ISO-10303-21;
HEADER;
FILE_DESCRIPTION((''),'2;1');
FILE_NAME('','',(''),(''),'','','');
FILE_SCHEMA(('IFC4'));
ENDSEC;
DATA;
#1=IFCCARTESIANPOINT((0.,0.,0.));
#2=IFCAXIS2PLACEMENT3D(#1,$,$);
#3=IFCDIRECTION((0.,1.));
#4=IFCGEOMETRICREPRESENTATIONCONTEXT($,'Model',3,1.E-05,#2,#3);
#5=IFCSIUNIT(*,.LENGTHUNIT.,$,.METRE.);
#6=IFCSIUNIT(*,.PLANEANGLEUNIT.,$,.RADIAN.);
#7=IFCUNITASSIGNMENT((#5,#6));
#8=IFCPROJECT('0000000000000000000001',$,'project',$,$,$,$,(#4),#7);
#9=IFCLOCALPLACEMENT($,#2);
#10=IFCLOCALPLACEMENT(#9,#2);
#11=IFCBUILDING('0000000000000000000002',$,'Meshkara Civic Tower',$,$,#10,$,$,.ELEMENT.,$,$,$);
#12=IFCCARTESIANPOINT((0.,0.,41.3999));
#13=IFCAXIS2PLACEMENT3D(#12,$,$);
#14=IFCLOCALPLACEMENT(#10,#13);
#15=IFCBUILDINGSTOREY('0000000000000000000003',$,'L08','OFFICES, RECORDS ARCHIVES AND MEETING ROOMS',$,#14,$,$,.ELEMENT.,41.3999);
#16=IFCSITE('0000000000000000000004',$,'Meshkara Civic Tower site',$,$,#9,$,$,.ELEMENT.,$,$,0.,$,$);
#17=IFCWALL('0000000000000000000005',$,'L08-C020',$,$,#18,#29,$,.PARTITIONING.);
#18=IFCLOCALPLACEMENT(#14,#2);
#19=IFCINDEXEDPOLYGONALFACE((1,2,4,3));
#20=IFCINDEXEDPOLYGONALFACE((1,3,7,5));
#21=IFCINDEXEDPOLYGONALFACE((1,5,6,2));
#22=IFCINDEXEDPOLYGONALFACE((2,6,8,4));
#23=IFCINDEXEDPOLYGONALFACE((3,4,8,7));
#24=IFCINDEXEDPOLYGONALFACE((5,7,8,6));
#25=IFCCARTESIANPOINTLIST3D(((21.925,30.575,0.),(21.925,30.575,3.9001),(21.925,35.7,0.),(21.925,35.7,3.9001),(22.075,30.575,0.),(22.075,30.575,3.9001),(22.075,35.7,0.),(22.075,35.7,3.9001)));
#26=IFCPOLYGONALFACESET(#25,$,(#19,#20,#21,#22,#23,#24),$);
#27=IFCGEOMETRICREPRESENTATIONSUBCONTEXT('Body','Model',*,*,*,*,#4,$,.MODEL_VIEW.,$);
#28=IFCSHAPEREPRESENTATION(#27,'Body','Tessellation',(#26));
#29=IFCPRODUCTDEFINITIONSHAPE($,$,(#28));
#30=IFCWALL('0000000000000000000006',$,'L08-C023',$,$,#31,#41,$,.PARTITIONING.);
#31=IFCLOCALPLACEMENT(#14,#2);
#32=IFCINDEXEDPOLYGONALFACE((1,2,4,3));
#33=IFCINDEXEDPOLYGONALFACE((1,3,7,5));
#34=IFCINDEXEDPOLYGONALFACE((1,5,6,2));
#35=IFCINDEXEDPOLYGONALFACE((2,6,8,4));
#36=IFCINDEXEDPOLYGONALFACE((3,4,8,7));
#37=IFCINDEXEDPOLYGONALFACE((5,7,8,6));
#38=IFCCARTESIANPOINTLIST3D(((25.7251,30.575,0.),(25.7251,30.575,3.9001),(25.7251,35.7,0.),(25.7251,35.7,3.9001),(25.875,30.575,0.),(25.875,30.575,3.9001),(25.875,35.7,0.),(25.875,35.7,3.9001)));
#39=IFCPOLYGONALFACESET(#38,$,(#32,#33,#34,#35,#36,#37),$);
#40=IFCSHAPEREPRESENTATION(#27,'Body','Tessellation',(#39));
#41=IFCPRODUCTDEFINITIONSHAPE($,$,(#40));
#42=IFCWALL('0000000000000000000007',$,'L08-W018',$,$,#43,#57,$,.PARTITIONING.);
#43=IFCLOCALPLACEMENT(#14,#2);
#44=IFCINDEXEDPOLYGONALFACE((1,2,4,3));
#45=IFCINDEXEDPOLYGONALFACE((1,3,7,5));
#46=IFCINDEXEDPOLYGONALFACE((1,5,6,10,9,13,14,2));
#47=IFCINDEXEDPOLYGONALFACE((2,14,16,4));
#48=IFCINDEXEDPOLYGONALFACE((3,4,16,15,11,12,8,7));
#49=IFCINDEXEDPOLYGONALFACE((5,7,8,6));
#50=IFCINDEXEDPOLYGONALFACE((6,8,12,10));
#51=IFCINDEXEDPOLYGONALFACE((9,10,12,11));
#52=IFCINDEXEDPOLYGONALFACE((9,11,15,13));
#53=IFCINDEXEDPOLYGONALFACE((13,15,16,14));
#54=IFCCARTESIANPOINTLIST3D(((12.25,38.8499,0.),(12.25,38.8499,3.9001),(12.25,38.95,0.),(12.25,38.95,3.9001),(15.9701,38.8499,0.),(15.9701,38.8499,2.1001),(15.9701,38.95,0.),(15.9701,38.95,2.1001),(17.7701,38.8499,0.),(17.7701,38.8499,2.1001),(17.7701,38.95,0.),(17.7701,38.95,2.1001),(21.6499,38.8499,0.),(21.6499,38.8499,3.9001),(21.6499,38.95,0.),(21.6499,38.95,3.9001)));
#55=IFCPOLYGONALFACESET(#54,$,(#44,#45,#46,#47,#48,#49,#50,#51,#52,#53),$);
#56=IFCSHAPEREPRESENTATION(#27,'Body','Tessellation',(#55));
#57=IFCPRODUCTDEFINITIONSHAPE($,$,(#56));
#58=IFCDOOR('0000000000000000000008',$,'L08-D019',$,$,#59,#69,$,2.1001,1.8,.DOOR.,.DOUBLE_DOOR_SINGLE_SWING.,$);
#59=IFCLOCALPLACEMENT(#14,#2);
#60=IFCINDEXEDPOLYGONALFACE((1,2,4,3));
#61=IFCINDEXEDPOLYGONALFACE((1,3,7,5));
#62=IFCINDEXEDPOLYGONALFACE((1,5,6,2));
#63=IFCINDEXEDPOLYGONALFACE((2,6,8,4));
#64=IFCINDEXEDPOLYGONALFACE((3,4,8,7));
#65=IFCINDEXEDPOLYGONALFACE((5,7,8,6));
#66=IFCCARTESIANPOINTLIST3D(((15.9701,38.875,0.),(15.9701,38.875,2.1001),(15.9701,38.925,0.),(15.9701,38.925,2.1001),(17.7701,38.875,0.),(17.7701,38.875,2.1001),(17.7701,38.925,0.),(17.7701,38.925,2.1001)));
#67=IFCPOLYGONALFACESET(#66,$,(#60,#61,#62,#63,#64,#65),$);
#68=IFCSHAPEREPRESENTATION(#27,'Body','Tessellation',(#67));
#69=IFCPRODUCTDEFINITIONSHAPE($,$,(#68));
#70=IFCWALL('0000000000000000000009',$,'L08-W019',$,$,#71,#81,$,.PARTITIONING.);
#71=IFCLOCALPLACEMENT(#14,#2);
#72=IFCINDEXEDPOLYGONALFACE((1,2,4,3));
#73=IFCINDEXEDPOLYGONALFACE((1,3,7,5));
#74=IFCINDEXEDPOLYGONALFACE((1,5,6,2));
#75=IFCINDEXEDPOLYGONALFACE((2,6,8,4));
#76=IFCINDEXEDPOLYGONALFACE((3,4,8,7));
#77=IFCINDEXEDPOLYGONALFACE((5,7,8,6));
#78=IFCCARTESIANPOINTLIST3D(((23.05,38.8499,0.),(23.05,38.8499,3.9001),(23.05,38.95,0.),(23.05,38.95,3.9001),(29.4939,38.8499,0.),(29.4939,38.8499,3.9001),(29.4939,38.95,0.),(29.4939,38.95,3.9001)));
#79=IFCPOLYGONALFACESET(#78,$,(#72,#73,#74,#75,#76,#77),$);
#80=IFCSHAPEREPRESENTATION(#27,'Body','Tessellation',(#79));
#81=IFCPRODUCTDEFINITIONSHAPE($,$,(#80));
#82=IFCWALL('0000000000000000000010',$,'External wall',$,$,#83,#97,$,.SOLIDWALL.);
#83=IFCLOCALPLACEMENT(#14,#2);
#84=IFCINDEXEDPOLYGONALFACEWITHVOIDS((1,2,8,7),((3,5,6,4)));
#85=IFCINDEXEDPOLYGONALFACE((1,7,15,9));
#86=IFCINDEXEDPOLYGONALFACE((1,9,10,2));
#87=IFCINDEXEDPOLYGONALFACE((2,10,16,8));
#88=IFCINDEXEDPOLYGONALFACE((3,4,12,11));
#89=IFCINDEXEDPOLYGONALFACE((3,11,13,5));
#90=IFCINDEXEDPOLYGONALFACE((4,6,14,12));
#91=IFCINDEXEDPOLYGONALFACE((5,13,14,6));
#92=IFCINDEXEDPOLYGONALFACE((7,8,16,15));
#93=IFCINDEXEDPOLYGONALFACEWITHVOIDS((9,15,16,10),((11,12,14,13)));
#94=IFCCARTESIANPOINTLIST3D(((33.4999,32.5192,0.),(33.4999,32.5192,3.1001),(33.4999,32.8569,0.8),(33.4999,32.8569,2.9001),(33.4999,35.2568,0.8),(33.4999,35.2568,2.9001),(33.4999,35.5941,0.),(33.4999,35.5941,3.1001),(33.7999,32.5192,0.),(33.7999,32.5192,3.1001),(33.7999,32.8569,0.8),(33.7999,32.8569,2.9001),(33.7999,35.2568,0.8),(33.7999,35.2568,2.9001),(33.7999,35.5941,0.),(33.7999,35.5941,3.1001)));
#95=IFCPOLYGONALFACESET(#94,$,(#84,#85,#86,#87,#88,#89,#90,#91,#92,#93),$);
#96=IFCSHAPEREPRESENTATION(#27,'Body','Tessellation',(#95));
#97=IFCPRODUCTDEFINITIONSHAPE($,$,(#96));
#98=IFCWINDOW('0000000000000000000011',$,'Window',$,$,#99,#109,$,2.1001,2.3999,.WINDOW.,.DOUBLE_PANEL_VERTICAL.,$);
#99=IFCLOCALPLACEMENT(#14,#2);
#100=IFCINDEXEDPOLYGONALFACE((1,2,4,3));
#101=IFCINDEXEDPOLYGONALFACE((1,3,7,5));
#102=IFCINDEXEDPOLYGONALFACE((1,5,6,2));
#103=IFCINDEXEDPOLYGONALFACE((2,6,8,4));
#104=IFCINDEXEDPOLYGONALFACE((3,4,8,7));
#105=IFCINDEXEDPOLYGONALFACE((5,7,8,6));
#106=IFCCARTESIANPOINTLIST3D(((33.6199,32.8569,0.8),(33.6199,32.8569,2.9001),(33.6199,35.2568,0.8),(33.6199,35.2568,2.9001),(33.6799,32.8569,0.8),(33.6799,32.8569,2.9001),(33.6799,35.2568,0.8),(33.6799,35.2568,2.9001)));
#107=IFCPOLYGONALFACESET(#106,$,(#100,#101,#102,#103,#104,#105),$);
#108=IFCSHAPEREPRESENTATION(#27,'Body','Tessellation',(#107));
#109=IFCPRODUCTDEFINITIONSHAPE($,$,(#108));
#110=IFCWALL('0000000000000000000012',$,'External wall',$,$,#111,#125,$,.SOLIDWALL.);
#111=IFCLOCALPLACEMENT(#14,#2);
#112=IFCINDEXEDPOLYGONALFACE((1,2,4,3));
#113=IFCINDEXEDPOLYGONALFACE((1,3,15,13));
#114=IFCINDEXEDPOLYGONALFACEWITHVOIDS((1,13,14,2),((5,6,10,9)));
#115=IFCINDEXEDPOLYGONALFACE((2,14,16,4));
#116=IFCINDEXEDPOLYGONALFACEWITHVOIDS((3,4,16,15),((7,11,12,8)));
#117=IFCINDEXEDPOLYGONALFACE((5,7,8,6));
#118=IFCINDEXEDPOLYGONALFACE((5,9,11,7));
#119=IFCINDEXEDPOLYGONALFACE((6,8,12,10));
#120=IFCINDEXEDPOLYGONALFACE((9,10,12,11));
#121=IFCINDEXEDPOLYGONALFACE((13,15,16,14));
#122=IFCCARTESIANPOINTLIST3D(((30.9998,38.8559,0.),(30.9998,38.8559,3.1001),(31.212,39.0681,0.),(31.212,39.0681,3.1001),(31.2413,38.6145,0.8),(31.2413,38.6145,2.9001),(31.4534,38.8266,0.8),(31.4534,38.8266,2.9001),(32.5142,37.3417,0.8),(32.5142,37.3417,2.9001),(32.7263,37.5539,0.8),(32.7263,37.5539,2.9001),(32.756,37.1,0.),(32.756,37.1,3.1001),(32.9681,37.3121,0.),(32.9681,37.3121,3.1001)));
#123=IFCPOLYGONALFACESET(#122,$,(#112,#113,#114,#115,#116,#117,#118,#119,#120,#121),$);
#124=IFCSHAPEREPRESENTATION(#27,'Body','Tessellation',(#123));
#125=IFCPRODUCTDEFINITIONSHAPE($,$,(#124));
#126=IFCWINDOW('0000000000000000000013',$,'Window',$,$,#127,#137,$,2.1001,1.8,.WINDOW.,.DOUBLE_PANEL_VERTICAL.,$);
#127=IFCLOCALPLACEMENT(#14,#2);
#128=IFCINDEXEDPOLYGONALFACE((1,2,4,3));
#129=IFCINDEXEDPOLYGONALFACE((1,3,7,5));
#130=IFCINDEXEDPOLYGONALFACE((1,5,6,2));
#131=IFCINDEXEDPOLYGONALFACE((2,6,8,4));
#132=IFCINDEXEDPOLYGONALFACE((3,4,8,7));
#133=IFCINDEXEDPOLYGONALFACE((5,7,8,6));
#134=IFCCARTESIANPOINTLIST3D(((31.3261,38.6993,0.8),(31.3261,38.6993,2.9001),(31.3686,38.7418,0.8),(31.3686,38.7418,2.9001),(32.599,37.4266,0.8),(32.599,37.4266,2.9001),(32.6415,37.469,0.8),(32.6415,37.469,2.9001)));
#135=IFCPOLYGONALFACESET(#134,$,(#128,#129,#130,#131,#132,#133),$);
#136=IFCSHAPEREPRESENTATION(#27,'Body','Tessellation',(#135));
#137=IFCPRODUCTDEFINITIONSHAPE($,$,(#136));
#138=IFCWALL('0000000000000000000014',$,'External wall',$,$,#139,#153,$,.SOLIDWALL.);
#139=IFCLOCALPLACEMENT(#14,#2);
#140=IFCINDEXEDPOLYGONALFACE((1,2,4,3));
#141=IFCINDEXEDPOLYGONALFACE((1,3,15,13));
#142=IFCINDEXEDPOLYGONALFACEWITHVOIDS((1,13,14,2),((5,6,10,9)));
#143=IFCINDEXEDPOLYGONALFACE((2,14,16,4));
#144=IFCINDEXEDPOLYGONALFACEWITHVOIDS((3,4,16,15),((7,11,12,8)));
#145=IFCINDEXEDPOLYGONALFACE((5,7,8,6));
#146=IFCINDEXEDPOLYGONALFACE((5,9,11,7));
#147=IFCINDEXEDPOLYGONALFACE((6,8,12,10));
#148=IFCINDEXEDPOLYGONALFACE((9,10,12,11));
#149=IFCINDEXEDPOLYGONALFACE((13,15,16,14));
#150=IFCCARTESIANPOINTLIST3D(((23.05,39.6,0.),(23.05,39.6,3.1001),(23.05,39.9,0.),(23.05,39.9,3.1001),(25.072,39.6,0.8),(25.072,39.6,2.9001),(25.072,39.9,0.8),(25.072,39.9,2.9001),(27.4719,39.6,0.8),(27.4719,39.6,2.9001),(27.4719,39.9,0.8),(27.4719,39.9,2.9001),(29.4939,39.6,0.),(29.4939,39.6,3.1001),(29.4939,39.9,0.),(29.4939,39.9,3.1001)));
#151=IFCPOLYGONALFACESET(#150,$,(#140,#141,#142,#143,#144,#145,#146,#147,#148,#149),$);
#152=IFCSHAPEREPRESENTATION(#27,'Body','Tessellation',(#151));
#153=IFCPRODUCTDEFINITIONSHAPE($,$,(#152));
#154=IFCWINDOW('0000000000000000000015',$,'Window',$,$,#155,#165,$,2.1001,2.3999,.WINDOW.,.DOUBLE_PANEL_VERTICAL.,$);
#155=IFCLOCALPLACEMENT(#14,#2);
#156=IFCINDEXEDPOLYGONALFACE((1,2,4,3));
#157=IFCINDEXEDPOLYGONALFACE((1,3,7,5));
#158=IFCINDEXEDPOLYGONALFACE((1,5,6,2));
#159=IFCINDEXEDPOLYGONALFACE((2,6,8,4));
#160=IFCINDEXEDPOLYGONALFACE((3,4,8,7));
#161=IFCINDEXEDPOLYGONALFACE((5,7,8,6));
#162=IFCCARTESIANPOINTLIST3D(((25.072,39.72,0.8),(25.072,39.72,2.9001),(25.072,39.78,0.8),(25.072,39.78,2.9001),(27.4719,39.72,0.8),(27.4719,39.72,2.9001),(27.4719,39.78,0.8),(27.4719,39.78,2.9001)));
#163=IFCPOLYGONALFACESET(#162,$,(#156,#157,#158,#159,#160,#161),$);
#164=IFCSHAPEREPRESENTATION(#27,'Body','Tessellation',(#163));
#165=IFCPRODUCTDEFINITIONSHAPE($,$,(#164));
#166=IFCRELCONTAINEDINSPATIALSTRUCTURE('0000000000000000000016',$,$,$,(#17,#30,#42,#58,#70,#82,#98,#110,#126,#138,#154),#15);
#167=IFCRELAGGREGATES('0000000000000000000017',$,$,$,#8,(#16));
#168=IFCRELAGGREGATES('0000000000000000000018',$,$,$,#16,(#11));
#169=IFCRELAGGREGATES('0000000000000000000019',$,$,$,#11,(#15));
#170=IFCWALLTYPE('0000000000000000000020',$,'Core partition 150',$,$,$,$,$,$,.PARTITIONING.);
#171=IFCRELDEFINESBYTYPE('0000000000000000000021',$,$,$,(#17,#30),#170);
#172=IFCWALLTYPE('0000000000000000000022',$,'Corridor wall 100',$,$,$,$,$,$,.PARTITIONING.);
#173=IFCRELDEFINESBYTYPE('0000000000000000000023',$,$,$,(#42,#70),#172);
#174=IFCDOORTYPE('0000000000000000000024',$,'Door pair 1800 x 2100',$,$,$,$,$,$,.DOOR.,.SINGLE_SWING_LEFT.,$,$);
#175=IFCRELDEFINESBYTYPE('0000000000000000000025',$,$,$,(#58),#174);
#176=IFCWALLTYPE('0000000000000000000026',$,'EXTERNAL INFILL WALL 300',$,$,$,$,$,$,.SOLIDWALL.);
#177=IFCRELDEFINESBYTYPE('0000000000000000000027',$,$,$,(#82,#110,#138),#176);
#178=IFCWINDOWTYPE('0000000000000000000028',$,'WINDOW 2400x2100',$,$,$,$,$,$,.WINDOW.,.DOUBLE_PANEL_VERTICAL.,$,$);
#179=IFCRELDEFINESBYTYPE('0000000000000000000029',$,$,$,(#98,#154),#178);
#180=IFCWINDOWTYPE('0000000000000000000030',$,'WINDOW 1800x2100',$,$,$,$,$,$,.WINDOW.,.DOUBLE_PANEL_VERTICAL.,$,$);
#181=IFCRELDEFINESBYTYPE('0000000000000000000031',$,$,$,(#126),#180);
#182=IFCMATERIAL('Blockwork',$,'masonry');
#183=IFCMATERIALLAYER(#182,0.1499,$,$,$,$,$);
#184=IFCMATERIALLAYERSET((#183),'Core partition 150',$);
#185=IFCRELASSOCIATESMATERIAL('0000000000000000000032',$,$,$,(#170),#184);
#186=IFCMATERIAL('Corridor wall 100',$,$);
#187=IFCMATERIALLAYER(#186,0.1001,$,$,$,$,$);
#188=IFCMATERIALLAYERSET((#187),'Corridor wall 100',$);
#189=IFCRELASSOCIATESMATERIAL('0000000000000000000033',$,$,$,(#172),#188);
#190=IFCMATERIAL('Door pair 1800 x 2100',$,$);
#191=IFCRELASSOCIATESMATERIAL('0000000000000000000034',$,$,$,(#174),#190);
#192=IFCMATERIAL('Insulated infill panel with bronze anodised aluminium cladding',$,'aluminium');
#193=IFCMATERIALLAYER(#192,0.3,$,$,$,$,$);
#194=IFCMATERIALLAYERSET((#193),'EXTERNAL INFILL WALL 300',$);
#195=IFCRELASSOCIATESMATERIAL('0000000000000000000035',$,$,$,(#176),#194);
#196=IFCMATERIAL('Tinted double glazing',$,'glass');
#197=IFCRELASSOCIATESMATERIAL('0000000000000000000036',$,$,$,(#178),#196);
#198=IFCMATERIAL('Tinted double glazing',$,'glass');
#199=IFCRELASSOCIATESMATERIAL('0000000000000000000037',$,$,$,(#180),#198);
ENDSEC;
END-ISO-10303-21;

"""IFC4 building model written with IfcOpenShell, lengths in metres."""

from ifc_helpers import new_model, si_unit, direction, frame, frame_2d, origin, place, context, subcontext, project, spatial, rectangle, extrude, material, layer, layer_set, type_object, element, fill, save


model = new_model("IFC4")

# Units and contexts
model_context = context("Model", 3, precision=1e-05, world=origin(), true_north=direction((0.0, 1.0)))
body_context = subcontext(model_context, "Body", "Model", "MODEL_VIEW")
ifc_project = project(units=[si_unit("LENGTHUNIT", "METRE"), si_unit("PLANEANGLEUNIT", "RADIAN")], contexts=[model_context])

# Site, building, storey
site_placement = place(None, origin())
site = spatial("IfcSite", under=ifc_project, at=site_placement, Name="Meshkara Civic Tower site", CompositionType="ELEMENT", RefElevation=0.0)
building_placement = place(site_placement, origin())
building = spatial("IfcBuilding", under=site, at=building_placement, Name="Meshkara Civic Tower", CompositionType="ELEMENT")
storey_placement = place(building_placement, frame((0.0, 0.0, 41.3999)))
storey = spatial("IfcBuildingStorey", under=building, at=storey_placement, Name="L08", Description="OFFICES, RECORDS ARCHIVES AND MEETING ROOMS", CompositionType="ELEMENT", Elevation=41.3999)

# Shared definitions
ifc_material_1 = material(Name="Blockwork", Category="masonry")
ifc_layer_1 = layer(ifc_material_1, 0.1499)
ifc_layer_set_1 = layer_set([ifc_layer_1], Name="Core partition 150")
wall_type_1 = type_object("IfcWallType", Name="Core partition 150", PredefinedType="PARTITIONING", material=ifc_layer_set_1)

# Walls
for number, where, z_axis, x_axis, name in (
    (1, (22.0, 30.575, 0.0), (0.0, 0.0, 1.0), (0.0, 1.0, 0.0), "L08-C020"),
    (2, (25.8, 30.575, 0.0), (0.0, 0.0, 1.0), (0.0, 1.0, 0.0), "L08-C023"),
):
    element("IfcWall", number, at=place(storey_placement, frame(where, z_axis=z_axis, x_axis=x_axis)), inside=storey, type_object=wall_type_1, Name=name, PredefinedType="PARTITIONING", context=body_context, shape_type="SweptSolid", body=[
        extrude(rectangle(XDim=5.125, YDim=0.1499, at=frame_2d((2.5625, 0.0))), origin(), (0.0, 0.0, 1.0), 3.9001),
    ])

# Wall, opening, door
ifc_material_2 = material(Name="Corridor wall 100")
ifc_layer_2 = layer(ifc_material_2, 0.1001)
ifc_layer_set_2 = layer_set([ifc_layer_2], Name="Corridor wall 100")
wall_type_2 = type_object("IfcWallType", Name="Corridor wall 100", PredefinedType="PARTITIONING", material=ifc_layer_set_2)
wall_1_placement = place(storey_placement, frame((21.6499, 38.8999, 0.0), z_axis=(0.0, 0.0, 1.0), x_axis=(-1.0, 0.0, 0.0)))
wall_1 = element("IfcWall", 3, at=wall_1_placement, inside=storey, type_object=wall_type_2, Name="L08-W018", PredefinedType="PARTITIONING", context=body_context, shape_type="SweptSolid", body=[
    extrude(rectangle(XDim=9.3999, YDim=0.1001, at=frame_2d((4.7, 0.0))), origin(), (0.0, 0.0, 1.0), 3.9001),
])
opening_1_placement = place(wall_1_placement, frame((3.8799, 0.0, 0.0)))
opening_1 = element("IfcOpeningElement", 4, at=opening_1_placement, cuts=wall_1, PredefinedType="OPENING", context=body_context, shape_type="SweptSolid", body=[
    extrude(rectangle(XDim=1.8, YDim=2.1001, at=frame_2d((0.8999, 1.05))), frame((0.0, 0.0601, 0.0), z_axis=(0.0, -1.0, 0.0), x_axis=(1.0, 0.0, 0.0)), (0.0, 0.0, 1.0), 0.1201),
])
ifc_material_3 = material(Name="Door pair 1800 x 2100")
door_type_1 = type_object("IfcDoorType", Name="Door pair 1800 x 2100", OperationType="SINGLE_SWING_LEFT", PredefinedType="DOOR", material=ifc_material_3)
door_1_placement = place(opening_1_placement, origin())
door_1 = element("IfcDoor", 5, at=door_1_placement, inside=storey, type_object=door_type_1, Name="L08-D019", OperationType="DOUBLE_DOOR_SINGLE_SWING", OverallHeight=2.1001, OverallWidth=1.8, PredefinedType="DOOR", context=body_context, shape_type="SweptSolid", body=[
    extrude(rectangle(XDim=1.8, YDim=2.1001, at=frame_2d((0.8999, 1.05))), frame((0.0, 0.0249, 0.0), z_axis=(0.0, -1.0, 0.0), x_axis=(1.0, 0.0, 0.0)), (0.0, 0.0, 1.0), 0.05),
])
fill(opening_1, door_1)

# Wall
wall_2_placement = place(storey_placement, frame((29.4939, 38.8999, 0.0), z_axis=(0.0, 0.0, 1.0), x_axis=(-1.0, 0.0, 0.0)))
element("IfcWall", 6, at=wall_2_placement, inside=storey, type_object=wall_type_2, Name="L08-W019", PredefinedType="PARTITIONING", context=body_context, shape_type="SweptSolid", body=[
    extrude(rectangle(XDim=6.4438, YDim=0.1001, at=frame_2d((3.2219, 0.0))), origin(), (0.0, 0.0, 1.0), 3.9001),
])

# Walls, openings, windows
ifc_material_4 = material(Name="Insulated infill panel with bronze anodised aluminium cladding", Category="aluminium")
ifc_layer_3 = layer(ifc_material_4, 0.3)
ifc_layer_set_3 = layer_set([ifc_layer_3], Name="EXTERNAL INFILL WALL 300")
wall_type_3 = type_object("IfcWallType", Name="EXTERNAL INFILL WALL 300", PredefinedType="SOLIDWALL", material=ifc_layer_set_3)
wall_3_placement = place(storey_placement, frame((33.6499, 32.519, 0.0), z_axis=(0.0, 0.0, 1.0), x_axis=(0.0, 1.0, 0.0)))
wall_3 = element("IfcWall", 7, at=wall_3_placement, inside=storey, type_object=wall_type_3, Name="External wall", PredefinedType="SOLIDWALL", context=body_context, shape_type="SweptSolid", body=[
    extrude(rectangle(XDim=3.075, YDim=0.3, at=frame_2d((1.5376, 0.0))), origin(), (0.0, 0.0, 1.0), 3.1001),
])
opening_2_placement = place(wall_3_placement, frame((0.3379, 0.0, 0.8)))
opening_2 = element("IfcOpeningElement", 8, at=opening_2_placement, cuts=wall_3, PredefinedType="OPENING", context=body_context, shape_type="SweptSolid", body=[
    extrude(rectangle(XDim=2.3999, YDim=2.1001, at=frame_2d((1.2, 1.05))), frame((0.0, 0.1599, 0.0), z_axis=(0.0, -1.0, 0.0), x_axis=(1.0, 0.0, 0.0)), (0.0, 0.0, 1.0), 0.3201),
])
ifc_material_5 = material(Name="Tinted double glazing", Category="glass")
window_type_1 = type_object("IfcWindowType", Name="WINDOW 2400x2100", PartitioningType="DOUBLE_PANEL_VERTICAL", PredefinedType="WINDOW", material=ifc_material_5)
window_1_placement = place(opening_2_placement, origin())
window_1 = element("IfcWindow", 9, at=window_1_placement, inside=storey, type_object=window_type_1, Name="Window", OverallHeight=2.1001, OverallWidth=2.3999, PartitioningType="DOUBLE_PANEL_VERTICAL", PredefinedType="WINDOW", context=body_context, shape_type="SweptSolid", body=[
    extrude(rectangle(XDim=2.3999, YDim=2.1001, at=frame_2d((1.2, 1.05))), frame((0.0, 0.03, 0.0), z_axis=(0.0, -1.0, 0.0), x_axis=(1.0, 0.0, 0.0)), (0.0, 0.0, 1.0), 0.0601),
])
fill(opening_2, window_1)
wall_4_placement = place(storey_placement, frame((32.8621, 37.2061, 0.0), z_axis=(0.0, 0.0, 1.0), x_axis=(-0.707156, 0.707058, 0.0)))
wall_4 = element("IfcWall", 10, at=wall_4_placement, inside=storey, type_object=wall_type_3, Name="External wall", PredefinedType="SOLIDWALL", context=body_context, shape_type="SweptSolid", body=[
    extrude(rectangle(XDim=2.4834, YDim=0.3, at=frame_2d((1.2417, 0.0))), origin(), (0.0, 0.0, 1.0), 3.1001),
])
opening_3_placement = place(wall_4_placement, frame((0.342, 0.0, 0.8)))
opening_3 = element("IfcOpeningElement", 11, at=opening_3_placement, cuts=wall_4, PredefinedType="OPENING", context=body_context, shape_type="SweptSolid", body=[
    extrude(rectangle(XDim=1.8, YDim=2.1001, at=frame_2d((0.8999, 1.05))), frame((0.0, 0.1599, 0.0), z_axis=(0.0, -1.0, 0.0), x_axis=(1.0, 0.0, 0.0)), (0.0, 0.0, 1.0), 0.3201),
])
ifc_material_6 = material(Name="Tinted double glazing", Category="glass")
window_type_2 = type_object("IfcWindowType", Name="WINDOW 1800x2100", PartitioningType="DOUBLE_PANEL_VERTICAL", PredefinedType="WINDOW", material=ifc_material_6)
window_2_placement = place(opening_3_placement, origin())
window_2 = element("IfcWindow", 12, at=window_2_placement, inside=storey, type_object=window_type_2, Name="Window", OverallHeight=2.1001, OverallWidth=1.8, PartitioningType="DOUBLE_PANEL_VERTICAL", PredefinedType="WINDOW", context=body_context, shape_type="SweptSolid", body=[
    extrude(rectangle(XDim=1.8, YDim=2.1001, at=frame_2d((0.8999, 1.05))), frame((0.0, 0.03, 0.0), z_axis=(0.0, -1.0, 0.0), x_axis=(1.0, 0.0, 0.0)), (0.0, 0.0, 1.0), 0.0601),
])
fill(opening_3, window_2)
wall_5_placement = place(storey_placement, frame((29.4939, 39.75, 0.0), z_axis=(0.0, 0.0, 1.0), x_axis=(-1.0, 0.0, 0.0)))
wall_5 = element("IfcWall", 13, at=wall_5_placement, inside=storey, type_object=wall_type_3, Name="External wall", PredefinedType="SOLIDWALL", context=body_context, shape_type="SweptSolid", body=[
    extrude(rectangle(XDim=6.4438, YDim=0.3, at=frame_2d((3.2219, 0.0))), origin(), (0.0, 0.0, 1.0), 3.1001),
])
opening_4_placement = place(wall_5_placement, frame((2.022, 0.0, 0.8)))
opening_4 = element("IfcOpeningElement", 14, at=opening_4_placement, cuts=wall_5, PredefinedType="OPENING", context=body_context, shape_type="SweptSolid", body=[
    extrude(rectangle(XDim=2.3999, YDim=2.1001, at=frame_2d((1.2, 1.05))), frame((0.0, 0.1599, 0.0), z_axis=(0.0, -1.0, 0.0), x_axis=(1.0, 0.0, 0.0)), (0.0, 0.0, 1.0), 0.3201),
])
window_3_placement = place(opening_4_placement, origin())
window_3 = element("IfcWindow", 15, at=window_3_placement, inside=storey, type_object=window_type_1, Name="Window", OverallHeight=2.1001, OverallWidth=2.3999, PartitioningType="DOUBLE_PANEL_VERTICAL", PredefinedType="WINDOW", context=body_context, shape_type="SweptSolid", body=[
    extrude(rectangle(XDim=2.3999, YDim=2.1001, at=frame_2d((1.2, 1.05))), frame((0.0, 0.03, 0.0), z_axis=(0.0, -1.0, 0.0), x_axis=(1.0, 0.0, 0.0)), (0.0, 0.0, 1.0), 0.0601),
])
fill(opening_4, window_3)

save(model, "model.ifc")
